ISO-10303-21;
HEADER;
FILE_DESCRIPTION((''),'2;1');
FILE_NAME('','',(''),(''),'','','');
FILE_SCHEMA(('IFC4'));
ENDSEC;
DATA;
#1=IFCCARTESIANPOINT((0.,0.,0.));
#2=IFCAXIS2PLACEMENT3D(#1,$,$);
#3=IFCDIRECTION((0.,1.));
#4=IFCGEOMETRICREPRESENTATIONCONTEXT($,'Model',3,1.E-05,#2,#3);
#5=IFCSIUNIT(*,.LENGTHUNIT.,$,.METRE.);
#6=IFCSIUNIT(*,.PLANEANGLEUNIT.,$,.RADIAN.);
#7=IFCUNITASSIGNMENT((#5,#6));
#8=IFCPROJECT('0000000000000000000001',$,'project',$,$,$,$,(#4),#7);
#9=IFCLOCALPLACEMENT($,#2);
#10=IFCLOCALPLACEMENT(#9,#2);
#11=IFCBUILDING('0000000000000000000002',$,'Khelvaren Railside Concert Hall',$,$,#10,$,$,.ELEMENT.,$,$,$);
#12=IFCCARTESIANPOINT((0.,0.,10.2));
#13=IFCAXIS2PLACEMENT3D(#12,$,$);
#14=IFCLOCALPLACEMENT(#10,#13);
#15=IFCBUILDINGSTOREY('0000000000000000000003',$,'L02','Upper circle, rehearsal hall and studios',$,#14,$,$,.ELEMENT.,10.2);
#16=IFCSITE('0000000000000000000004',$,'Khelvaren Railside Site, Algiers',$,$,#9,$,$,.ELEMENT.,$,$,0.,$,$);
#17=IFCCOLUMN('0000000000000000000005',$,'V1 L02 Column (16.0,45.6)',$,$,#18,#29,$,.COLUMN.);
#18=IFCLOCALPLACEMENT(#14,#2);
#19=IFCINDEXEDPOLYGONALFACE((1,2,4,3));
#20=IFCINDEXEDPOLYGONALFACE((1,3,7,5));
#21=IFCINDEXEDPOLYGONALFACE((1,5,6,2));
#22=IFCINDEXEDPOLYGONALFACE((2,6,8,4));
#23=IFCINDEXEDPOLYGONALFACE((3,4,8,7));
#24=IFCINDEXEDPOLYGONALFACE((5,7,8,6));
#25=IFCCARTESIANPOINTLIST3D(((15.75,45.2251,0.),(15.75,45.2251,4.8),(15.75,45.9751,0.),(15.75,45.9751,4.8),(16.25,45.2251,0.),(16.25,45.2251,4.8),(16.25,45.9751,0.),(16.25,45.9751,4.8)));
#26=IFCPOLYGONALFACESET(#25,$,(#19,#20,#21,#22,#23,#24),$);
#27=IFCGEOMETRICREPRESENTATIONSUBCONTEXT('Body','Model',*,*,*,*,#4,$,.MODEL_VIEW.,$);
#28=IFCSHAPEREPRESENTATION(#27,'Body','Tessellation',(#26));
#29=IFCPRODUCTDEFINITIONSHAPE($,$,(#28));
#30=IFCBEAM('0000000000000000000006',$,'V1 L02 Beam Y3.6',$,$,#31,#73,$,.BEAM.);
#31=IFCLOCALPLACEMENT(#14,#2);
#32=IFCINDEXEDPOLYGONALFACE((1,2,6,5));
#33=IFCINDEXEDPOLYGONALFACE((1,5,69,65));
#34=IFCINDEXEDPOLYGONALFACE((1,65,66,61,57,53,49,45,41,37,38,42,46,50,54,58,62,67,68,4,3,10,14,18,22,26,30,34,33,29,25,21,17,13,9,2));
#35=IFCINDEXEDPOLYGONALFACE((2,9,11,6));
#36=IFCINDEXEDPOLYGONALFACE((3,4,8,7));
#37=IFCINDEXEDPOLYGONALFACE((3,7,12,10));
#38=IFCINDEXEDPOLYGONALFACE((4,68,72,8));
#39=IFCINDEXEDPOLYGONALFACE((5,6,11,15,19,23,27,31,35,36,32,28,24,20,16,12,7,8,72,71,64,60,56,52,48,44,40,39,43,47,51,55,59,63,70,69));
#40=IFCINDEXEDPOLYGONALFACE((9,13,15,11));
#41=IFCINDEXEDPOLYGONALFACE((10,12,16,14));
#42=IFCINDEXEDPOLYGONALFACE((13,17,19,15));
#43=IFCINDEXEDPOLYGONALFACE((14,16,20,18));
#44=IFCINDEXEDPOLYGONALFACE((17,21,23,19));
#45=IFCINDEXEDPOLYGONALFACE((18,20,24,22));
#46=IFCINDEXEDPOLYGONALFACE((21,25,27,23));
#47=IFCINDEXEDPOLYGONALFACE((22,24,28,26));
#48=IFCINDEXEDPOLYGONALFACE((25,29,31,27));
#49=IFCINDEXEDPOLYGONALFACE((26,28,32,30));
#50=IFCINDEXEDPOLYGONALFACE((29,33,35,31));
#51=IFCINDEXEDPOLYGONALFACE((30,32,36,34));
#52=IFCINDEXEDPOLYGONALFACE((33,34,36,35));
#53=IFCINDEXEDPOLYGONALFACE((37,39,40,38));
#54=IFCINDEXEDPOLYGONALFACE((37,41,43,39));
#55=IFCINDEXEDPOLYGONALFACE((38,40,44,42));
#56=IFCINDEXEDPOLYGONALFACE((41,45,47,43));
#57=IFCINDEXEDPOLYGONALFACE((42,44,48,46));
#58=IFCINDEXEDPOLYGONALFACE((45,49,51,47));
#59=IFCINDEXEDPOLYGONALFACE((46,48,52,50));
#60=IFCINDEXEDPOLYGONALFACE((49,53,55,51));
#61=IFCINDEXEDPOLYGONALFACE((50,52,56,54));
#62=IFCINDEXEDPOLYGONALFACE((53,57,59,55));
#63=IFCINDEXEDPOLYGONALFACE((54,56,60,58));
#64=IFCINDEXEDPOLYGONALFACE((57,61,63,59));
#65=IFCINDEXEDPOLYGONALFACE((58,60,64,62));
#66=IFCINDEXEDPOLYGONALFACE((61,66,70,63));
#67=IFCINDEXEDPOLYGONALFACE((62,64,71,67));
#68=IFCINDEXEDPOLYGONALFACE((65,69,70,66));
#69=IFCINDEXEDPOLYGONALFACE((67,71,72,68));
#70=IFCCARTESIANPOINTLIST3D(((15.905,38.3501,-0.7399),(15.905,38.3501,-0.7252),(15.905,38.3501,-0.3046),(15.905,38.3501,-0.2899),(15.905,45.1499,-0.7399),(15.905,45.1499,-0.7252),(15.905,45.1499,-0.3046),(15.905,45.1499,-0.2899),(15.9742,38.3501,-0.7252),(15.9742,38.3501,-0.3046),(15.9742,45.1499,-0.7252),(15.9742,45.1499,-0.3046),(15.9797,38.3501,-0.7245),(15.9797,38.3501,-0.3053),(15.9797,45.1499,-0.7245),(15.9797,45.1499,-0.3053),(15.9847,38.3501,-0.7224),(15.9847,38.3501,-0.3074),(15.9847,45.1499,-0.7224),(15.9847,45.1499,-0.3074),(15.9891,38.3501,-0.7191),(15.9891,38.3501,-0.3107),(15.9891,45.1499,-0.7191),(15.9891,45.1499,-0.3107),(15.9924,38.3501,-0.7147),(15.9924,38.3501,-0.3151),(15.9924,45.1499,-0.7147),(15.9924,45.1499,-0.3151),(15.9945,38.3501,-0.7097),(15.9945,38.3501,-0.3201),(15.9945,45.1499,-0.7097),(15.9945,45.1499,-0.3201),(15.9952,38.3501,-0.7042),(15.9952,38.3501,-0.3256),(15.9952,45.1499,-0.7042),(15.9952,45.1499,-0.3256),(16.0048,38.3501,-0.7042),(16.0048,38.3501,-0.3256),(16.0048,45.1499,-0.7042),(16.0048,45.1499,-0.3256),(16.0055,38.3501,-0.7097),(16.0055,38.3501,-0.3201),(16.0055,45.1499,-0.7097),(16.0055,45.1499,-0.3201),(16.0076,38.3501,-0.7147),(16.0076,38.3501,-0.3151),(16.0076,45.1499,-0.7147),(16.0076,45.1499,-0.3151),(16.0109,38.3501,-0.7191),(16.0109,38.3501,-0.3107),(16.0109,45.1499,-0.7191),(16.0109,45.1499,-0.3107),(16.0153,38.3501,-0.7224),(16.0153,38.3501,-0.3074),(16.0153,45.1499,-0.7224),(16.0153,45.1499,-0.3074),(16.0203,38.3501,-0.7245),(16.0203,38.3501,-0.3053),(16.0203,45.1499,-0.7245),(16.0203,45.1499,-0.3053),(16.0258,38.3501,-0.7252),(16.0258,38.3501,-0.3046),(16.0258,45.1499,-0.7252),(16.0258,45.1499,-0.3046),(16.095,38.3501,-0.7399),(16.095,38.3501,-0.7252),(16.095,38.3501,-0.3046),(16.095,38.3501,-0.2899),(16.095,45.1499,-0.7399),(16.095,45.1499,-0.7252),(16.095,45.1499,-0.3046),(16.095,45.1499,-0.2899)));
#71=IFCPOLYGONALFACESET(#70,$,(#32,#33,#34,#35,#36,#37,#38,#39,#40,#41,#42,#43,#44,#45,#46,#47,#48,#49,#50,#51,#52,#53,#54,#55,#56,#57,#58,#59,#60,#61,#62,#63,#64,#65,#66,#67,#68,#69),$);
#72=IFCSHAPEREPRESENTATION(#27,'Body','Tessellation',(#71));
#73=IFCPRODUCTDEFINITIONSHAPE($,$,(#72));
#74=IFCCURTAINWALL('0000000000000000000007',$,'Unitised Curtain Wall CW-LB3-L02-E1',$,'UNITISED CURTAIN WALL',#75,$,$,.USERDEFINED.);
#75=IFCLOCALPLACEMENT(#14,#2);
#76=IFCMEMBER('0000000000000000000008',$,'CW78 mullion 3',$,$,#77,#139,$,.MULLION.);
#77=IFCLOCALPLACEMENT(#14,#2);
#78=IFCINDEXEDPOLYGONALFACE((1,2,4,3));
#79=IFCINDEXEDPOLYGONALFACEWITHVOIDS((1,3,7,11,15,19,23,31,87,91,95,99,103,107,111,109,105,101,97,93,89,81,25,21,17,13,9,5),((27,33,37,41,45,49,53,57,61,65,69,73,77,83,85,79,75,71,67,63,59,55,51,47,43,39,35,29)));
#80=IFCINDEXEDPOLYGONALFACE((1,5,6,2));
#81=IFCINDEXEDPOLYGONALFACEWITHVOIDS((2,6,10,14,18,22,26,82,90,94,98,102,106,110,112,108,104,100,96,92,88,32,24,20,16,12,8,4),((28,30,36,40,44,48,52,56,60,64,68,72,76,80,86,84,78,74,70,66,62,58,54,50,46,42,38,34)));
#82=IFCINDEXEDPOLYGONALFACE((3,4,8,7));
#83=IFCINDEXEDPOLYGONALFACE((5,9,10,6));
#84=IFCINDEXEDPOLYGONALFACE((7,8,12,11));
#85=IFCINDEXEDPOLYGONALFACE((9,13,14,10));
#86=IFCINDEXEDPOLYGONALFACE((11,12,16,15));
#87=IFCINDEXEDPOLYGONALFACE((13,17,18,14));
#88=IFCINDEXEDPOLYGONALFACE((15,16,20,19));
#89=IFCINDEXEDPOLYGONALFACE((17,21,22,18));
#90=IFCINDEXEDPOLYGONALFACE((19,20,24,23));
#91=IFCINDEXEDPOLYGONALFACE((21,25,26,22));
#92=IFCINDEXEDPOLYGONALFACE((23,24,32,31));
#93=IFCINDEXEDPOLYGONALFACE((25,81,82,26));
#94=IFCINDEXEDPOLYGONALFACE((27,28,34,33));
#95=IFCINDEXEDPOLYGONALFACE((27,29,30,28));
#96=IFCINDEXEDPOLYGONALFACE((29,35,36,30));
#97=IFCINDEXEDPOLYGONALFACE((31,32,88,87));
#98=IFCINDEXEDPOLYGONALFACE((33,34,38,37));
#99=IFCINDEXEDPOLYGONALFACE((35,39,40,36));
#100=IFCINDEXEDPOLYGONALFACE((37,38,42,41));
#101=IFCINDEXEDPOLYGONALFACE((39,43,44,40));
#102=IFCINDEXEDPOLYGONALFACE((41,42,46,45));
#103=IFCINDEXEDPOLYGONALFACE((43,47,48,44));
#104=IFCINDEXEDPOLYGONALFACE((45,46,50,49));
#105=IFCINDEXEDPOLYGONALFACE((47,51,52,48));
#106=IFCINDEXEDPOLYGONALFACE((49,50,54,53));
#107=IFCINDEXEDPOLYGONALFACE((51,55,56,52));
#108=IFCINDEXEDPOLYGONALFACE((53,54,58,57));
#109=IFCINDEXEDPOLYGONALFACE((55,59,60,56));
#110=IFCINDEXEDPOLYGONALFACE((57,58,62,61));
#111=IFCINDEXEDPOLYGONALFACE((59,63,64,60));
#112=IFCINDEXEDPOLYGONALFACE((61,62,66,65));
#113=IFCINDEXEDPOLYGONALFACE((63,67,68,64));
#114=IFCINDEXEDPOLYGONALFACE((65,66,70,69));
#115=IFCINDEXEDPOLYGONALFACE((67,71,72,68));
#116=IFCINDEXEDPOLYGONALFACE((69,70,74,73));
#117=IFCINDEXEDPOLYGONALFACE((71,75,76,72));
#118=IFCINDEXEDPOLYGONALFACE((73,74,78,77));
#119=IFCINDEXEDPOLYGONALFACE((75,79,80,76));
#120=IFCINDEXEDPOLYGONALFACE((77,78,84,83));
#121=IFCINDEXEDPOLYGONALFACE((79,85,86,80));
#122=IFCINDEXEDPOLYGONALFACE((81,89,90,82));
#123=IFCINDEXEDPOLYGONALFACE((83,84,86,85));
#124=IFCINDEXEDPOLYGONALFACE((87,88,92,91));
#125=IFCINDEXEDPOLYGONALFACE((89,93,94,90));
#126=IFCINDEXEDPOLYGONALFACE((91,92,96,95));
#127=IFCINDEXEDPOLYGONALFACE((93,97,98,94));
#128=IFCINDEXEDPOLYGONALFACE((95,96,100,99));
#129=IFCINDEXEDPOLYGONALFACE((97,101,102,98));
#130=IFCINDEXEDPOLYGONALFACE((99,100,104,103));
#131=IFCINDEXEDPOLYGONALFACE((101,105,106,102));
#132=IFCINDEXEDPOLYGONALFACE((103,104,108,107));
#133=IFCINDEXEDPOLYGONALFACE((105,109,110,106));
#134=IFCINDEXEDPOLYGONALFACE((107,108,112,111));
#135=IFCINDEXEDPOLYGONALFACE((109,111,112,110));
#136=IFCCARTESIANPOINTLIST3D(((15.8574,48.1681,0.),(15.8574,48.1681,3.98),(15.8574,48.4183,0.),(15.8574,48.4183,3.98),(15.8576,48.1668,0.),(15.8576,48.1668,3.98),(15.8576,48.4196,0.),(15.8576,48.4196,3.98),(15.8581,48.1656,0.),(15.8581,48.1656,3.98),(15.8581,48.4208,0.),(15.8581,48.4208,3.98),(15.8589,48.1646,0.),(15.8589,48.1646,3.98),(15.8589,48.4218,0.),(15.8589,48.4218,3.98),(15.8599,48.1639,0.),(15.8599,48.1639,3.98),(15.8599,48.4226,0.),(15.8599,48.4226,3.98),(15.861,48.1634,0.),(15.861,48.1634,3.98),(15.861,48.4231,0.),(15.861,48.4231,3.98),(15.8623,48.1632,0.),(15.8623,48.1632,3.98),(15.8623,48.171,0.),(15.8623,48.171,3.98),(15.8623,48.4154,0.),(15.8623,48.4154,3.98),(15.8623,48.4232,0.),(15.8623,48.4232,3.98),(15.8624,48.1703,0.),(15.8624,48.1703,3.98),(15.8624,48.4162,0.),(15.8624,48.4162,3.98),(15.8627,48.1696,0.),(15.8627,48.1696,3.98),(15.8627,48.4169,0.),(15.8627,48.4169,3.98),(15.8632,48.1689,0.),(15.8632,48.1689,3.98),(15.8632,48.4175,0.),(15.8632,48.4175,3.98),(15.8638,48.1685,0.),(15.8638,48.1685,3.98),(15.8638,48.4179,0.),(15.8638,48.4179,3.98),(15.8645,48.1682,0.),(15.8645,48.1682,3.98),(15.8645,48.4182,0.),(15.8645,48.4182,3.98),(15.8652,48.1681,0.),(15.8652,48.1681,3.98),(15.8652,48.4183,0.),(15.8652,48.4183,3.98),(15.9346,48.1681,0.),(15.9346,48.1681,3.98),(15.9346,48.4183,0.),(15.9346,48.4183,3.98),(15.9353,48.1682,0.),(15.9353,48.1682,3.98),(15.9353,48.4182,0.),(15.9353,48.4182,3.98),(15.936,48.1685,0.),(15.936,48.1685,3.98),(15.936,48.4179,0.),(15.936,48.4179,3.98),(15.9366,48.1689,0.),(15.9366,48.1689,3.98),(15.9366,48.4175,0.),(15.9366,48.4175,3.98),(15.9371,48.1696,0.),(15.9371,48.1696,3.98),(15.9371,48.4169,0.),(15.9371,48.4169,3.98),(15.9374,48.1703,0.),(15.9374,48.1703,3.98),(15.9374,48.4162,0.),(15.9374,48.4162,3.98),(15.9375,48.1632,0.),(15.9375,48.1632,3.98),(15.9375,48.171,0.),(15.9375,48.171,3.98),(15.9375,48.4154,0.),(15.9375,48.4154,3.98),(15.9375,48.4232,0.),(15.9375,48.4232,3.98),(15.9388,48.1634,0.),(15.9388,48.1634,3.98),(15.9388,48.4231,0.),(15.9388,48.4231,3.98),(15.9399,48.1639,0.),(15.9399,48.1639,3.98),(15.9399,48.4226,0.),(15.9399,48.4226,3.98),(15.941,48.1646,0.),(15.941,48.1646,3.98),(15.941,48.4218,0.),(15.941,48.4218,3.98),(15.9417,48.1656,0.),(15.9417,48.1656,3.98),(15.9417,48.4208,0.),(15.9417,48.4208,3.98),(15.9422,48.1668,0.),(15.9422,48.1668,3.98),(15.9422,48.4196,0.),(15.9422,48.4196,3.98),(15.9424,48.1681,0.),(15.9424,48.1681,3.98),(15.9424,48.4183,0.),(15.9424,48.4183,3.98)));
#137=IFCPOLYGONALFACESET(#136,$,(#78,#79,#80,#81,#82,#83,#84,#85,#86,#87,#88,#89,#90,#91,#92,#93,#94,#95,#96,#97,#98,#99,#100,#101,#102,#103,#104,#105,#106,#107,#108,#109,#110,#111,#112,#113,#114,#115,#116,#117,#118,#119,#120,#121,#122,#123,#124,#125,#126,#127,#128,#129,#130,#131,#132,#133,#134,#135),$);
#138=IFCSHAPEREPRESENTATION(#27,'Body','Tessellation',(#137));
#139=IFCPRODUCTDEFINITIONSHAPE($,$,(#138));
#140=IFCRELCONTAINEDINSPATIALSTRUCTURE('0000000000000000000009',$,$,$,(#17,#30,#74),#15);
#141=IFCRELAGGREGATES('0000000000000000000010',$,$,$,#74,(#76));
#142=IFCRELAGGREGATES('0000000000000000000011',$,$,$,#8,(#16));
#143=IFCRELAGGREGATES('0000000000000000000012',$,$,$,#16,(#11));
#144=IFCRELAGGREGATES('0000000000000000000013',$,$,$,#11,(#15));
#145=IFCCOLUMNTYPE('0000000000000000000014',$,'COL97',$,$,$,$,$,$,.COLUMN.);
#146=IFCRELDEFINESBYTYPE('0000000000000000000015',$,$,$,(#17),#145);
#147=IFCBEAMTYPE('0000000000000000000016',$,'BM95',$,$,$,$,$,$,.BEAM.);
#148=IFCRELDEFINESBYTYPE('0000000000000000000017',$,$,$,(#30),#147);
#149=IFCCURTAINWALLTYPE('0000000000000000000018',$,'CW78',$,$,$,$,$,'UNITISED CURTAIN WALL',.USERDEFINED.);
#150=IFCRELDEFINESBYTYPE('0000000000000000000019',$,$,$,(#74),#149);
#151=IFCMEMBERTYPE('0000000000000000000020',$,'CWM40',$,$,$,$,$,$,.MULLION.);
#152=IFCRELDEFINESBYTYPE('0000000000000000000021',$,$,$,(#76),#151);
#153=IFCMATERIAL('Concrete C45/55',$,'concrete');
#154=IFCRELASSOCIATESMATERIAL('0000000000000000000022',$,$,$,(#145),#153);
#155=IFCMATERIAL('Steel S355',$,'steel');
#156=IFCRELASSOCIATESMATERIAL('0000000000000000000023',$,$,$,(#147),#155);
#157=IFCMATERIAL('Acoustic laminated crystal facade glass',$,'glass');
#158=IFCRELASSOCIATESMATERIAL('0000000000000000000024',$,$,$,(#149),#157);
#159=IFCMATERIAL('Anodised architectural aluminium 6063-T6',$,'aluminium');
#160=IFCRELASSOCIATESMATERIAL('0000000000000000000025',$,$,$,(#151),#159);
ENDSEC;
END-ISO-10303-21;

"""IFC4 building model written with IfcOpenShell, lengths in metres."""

from ifc_helpers import new_model, si_unit, direction, frame, origin, origin_2d, place, context, subcontext, project, spatial, rectangle, hollow_rectangle, i_section, extrude, material, material_profile, profile_set, type_object, element, aggregate, save


model = new_model("IFC4")

# Units and contexts
model_context = context("Model", 3, precision=1e-05, world=origin(), true_north=direction((0.0, 1.0)))
body_context = subcontext(model_context, "Body", "Model", "MODEL_VIEW")
ifc_project = project(units=[si_unit("LENGTHUNIT", "METRE"), si_unit("PLANEANGLEUNIT", "RADIAN")], contexts=[model_context])

# Site, building, storey
site_placement = place(None, origin())
site = spatial("IfcSite", under=ifc_project, at=site_placement, Name="Khelvaren Railside Site, Algiers", CompositionType="ELEMENT", RefElevation=0.0)
building_placement = place(site_placement, origin())
building = spatial("IfcBuilding", under=site, at=building_placement, Name="Khelvaren Railside Concert Hall", CompositionType="ELEMENT")
storey_placement = place(building_placement, frame((0.0, 0.0, 10.2)))
storey = spatial("IfcBuildingStorey", under=building, at=storey_placement, Name="L02", Description="Upper circle, rehearsal hall and studios", CompositionType="ELEMENT", Elevation=10.2)

# Column
ifc_material_1 = material(Name="Concrete C45/55", Category="concrete")
ifc_material_profile_1 = material_profile(ifc_material_1, rectangle(XDim=0.5, YDim=0.75, at=origin_2d()), Name="RC 500x750")
ifc_profile_set_1 = profile_set([ifc_material_profile_1], Name="Concrete C45/55")
column_type = type_object("IfcColumnType", Name="COL97", PredefinedType="COLUMN", material=ifc_profile_set_1)
column_placement = place(storey_placement, frame((16.0, 45.6001, 0.0), z_axis=(0.0, 0.0, 1.0), x_axis=(1.0, 0.0, 0.0)))
element("IfcColumn", 1, at=column_placement, inside=storey, type_object=column_type, Name="V1 L02 Column (16.0,45.6)", PredefinedType="COLUMN", context=body_context, shape_type="SweptSolid", body=[
    extrude(rectangle(XDim=0.5, YDim=0.75, at=origin_2d()), origin(), (0.0, 0.0, 1.0), 4.8),
])

# Beam
ifc_material_2 = material(Name="Steel S355", Category="steel")
ifc_material_profile_2 = material_profile(ifc_material_2, i_section(OverallWidth=0.1899, OverallDepth=0.45, WebThickness=0.0095, FlangeThickness=0.0146, FilletRadius=0.021, at=origin_2d()), Name="IPE 450")
ifc_profile_set_2 = profile_set([ifc_material_profile_2], Name="Steel S355")
beam_type_1 = type_object("IfcBeamType", Name="BM95", PredefinedType="BEAM", material=ifc_profile_set_2)
beam_1_placement = place(storey_placement, frame((16.0, 38.3501, -0.5149), z_axis=(0.0, 1.0, 0.0), x_axis=(-1.0, 0.0, 0.0)))
element("IfcBeam", 2, at=beam_1_placement, inside=storey, type_object=beam_type_1, Name="V1 L02 Beam Y3.6", PredefinedType="BEAM", context=body_context, shape_type="SweptSolid", body=[
    extrude(i_section(OverallWidth=0.1899, OverallDepth=0.45, WebThickness=0.0095, FlangeThickness=0.0146, FilletRadius=0.021, at=origin_2d()), origin(), (0.0, 0.0, 1.0), 6.7998),
])

# Curtain wall, member
ifc_material_3 = material(Name="Acoustic laminated crystal facade glass", Category="glass")
curtain_wall_type = type_object("IfcCurtainWallType", Name="CW78", ElementType="UNITISED CURTAIN WALL", PredefinedType="USERDEFINED", material=ifc_material_3)
curtain_wall_placement = place(storey_placement, origin())
curtain_wall = element("IfcCurtainWall", 3, at=curtain_wall_placement, inside=storey, type_object=curtain_wall_type, Name="Unitised Curtain Wall CW-LB3-L02-E1", ObjectType="UNITISED CURTAIN WALL", PredefinedType="USERDEFINED")
ifc_material_4 = material(Name="Anodised architectural aluminium 6063-T6", Category="aluminium")
ifc_material_profile_3 = material_profile(ifc_material_4, hollow_rectangle(XDim=0.085, YDim=0.26, WallThickness=0.0049, InnerFilletRadius=0.0029, OuterFilletRadius=0.0049, at=origin_2d()), Name="CWM 85x260x5")
ifc_profile_set_3 = profile_set([ifc_material_profile_3], Name="Anodised architectural aluminium 6063-T6")
member_type_1 = type_object("IfcMemberType", Name="CWM40", PredefinedType="MULLION", material=ifc_profile_set_3)
member_1_placement = place(storey_placement, frame((15.8999, 48.2932, 0.0), z_axis=(0.0, 0.0, 1.0), x_axis=(1.0, 0.0, 0.0)))
member_1 = element("IfcMember", 4, at=member_1_placement, type_object=member_type_1, Name="CW78 mullion 3", PredefinedType="MULLION", context=body_context, shape_type="SweptSolid", body=[
    extrude(hollow_rectangle(XDim=0.085, YDim=0.26, WallThickness=0.0049, InnerFilletRadius=0.0029, OuterFilletRadius=0.0049, at=origin_2d()), origin(), (0.0, 0.0, 1.0), 3.98),
])

aggregate(curtain_wall, [member_1])

save(model, "model.ifc")
